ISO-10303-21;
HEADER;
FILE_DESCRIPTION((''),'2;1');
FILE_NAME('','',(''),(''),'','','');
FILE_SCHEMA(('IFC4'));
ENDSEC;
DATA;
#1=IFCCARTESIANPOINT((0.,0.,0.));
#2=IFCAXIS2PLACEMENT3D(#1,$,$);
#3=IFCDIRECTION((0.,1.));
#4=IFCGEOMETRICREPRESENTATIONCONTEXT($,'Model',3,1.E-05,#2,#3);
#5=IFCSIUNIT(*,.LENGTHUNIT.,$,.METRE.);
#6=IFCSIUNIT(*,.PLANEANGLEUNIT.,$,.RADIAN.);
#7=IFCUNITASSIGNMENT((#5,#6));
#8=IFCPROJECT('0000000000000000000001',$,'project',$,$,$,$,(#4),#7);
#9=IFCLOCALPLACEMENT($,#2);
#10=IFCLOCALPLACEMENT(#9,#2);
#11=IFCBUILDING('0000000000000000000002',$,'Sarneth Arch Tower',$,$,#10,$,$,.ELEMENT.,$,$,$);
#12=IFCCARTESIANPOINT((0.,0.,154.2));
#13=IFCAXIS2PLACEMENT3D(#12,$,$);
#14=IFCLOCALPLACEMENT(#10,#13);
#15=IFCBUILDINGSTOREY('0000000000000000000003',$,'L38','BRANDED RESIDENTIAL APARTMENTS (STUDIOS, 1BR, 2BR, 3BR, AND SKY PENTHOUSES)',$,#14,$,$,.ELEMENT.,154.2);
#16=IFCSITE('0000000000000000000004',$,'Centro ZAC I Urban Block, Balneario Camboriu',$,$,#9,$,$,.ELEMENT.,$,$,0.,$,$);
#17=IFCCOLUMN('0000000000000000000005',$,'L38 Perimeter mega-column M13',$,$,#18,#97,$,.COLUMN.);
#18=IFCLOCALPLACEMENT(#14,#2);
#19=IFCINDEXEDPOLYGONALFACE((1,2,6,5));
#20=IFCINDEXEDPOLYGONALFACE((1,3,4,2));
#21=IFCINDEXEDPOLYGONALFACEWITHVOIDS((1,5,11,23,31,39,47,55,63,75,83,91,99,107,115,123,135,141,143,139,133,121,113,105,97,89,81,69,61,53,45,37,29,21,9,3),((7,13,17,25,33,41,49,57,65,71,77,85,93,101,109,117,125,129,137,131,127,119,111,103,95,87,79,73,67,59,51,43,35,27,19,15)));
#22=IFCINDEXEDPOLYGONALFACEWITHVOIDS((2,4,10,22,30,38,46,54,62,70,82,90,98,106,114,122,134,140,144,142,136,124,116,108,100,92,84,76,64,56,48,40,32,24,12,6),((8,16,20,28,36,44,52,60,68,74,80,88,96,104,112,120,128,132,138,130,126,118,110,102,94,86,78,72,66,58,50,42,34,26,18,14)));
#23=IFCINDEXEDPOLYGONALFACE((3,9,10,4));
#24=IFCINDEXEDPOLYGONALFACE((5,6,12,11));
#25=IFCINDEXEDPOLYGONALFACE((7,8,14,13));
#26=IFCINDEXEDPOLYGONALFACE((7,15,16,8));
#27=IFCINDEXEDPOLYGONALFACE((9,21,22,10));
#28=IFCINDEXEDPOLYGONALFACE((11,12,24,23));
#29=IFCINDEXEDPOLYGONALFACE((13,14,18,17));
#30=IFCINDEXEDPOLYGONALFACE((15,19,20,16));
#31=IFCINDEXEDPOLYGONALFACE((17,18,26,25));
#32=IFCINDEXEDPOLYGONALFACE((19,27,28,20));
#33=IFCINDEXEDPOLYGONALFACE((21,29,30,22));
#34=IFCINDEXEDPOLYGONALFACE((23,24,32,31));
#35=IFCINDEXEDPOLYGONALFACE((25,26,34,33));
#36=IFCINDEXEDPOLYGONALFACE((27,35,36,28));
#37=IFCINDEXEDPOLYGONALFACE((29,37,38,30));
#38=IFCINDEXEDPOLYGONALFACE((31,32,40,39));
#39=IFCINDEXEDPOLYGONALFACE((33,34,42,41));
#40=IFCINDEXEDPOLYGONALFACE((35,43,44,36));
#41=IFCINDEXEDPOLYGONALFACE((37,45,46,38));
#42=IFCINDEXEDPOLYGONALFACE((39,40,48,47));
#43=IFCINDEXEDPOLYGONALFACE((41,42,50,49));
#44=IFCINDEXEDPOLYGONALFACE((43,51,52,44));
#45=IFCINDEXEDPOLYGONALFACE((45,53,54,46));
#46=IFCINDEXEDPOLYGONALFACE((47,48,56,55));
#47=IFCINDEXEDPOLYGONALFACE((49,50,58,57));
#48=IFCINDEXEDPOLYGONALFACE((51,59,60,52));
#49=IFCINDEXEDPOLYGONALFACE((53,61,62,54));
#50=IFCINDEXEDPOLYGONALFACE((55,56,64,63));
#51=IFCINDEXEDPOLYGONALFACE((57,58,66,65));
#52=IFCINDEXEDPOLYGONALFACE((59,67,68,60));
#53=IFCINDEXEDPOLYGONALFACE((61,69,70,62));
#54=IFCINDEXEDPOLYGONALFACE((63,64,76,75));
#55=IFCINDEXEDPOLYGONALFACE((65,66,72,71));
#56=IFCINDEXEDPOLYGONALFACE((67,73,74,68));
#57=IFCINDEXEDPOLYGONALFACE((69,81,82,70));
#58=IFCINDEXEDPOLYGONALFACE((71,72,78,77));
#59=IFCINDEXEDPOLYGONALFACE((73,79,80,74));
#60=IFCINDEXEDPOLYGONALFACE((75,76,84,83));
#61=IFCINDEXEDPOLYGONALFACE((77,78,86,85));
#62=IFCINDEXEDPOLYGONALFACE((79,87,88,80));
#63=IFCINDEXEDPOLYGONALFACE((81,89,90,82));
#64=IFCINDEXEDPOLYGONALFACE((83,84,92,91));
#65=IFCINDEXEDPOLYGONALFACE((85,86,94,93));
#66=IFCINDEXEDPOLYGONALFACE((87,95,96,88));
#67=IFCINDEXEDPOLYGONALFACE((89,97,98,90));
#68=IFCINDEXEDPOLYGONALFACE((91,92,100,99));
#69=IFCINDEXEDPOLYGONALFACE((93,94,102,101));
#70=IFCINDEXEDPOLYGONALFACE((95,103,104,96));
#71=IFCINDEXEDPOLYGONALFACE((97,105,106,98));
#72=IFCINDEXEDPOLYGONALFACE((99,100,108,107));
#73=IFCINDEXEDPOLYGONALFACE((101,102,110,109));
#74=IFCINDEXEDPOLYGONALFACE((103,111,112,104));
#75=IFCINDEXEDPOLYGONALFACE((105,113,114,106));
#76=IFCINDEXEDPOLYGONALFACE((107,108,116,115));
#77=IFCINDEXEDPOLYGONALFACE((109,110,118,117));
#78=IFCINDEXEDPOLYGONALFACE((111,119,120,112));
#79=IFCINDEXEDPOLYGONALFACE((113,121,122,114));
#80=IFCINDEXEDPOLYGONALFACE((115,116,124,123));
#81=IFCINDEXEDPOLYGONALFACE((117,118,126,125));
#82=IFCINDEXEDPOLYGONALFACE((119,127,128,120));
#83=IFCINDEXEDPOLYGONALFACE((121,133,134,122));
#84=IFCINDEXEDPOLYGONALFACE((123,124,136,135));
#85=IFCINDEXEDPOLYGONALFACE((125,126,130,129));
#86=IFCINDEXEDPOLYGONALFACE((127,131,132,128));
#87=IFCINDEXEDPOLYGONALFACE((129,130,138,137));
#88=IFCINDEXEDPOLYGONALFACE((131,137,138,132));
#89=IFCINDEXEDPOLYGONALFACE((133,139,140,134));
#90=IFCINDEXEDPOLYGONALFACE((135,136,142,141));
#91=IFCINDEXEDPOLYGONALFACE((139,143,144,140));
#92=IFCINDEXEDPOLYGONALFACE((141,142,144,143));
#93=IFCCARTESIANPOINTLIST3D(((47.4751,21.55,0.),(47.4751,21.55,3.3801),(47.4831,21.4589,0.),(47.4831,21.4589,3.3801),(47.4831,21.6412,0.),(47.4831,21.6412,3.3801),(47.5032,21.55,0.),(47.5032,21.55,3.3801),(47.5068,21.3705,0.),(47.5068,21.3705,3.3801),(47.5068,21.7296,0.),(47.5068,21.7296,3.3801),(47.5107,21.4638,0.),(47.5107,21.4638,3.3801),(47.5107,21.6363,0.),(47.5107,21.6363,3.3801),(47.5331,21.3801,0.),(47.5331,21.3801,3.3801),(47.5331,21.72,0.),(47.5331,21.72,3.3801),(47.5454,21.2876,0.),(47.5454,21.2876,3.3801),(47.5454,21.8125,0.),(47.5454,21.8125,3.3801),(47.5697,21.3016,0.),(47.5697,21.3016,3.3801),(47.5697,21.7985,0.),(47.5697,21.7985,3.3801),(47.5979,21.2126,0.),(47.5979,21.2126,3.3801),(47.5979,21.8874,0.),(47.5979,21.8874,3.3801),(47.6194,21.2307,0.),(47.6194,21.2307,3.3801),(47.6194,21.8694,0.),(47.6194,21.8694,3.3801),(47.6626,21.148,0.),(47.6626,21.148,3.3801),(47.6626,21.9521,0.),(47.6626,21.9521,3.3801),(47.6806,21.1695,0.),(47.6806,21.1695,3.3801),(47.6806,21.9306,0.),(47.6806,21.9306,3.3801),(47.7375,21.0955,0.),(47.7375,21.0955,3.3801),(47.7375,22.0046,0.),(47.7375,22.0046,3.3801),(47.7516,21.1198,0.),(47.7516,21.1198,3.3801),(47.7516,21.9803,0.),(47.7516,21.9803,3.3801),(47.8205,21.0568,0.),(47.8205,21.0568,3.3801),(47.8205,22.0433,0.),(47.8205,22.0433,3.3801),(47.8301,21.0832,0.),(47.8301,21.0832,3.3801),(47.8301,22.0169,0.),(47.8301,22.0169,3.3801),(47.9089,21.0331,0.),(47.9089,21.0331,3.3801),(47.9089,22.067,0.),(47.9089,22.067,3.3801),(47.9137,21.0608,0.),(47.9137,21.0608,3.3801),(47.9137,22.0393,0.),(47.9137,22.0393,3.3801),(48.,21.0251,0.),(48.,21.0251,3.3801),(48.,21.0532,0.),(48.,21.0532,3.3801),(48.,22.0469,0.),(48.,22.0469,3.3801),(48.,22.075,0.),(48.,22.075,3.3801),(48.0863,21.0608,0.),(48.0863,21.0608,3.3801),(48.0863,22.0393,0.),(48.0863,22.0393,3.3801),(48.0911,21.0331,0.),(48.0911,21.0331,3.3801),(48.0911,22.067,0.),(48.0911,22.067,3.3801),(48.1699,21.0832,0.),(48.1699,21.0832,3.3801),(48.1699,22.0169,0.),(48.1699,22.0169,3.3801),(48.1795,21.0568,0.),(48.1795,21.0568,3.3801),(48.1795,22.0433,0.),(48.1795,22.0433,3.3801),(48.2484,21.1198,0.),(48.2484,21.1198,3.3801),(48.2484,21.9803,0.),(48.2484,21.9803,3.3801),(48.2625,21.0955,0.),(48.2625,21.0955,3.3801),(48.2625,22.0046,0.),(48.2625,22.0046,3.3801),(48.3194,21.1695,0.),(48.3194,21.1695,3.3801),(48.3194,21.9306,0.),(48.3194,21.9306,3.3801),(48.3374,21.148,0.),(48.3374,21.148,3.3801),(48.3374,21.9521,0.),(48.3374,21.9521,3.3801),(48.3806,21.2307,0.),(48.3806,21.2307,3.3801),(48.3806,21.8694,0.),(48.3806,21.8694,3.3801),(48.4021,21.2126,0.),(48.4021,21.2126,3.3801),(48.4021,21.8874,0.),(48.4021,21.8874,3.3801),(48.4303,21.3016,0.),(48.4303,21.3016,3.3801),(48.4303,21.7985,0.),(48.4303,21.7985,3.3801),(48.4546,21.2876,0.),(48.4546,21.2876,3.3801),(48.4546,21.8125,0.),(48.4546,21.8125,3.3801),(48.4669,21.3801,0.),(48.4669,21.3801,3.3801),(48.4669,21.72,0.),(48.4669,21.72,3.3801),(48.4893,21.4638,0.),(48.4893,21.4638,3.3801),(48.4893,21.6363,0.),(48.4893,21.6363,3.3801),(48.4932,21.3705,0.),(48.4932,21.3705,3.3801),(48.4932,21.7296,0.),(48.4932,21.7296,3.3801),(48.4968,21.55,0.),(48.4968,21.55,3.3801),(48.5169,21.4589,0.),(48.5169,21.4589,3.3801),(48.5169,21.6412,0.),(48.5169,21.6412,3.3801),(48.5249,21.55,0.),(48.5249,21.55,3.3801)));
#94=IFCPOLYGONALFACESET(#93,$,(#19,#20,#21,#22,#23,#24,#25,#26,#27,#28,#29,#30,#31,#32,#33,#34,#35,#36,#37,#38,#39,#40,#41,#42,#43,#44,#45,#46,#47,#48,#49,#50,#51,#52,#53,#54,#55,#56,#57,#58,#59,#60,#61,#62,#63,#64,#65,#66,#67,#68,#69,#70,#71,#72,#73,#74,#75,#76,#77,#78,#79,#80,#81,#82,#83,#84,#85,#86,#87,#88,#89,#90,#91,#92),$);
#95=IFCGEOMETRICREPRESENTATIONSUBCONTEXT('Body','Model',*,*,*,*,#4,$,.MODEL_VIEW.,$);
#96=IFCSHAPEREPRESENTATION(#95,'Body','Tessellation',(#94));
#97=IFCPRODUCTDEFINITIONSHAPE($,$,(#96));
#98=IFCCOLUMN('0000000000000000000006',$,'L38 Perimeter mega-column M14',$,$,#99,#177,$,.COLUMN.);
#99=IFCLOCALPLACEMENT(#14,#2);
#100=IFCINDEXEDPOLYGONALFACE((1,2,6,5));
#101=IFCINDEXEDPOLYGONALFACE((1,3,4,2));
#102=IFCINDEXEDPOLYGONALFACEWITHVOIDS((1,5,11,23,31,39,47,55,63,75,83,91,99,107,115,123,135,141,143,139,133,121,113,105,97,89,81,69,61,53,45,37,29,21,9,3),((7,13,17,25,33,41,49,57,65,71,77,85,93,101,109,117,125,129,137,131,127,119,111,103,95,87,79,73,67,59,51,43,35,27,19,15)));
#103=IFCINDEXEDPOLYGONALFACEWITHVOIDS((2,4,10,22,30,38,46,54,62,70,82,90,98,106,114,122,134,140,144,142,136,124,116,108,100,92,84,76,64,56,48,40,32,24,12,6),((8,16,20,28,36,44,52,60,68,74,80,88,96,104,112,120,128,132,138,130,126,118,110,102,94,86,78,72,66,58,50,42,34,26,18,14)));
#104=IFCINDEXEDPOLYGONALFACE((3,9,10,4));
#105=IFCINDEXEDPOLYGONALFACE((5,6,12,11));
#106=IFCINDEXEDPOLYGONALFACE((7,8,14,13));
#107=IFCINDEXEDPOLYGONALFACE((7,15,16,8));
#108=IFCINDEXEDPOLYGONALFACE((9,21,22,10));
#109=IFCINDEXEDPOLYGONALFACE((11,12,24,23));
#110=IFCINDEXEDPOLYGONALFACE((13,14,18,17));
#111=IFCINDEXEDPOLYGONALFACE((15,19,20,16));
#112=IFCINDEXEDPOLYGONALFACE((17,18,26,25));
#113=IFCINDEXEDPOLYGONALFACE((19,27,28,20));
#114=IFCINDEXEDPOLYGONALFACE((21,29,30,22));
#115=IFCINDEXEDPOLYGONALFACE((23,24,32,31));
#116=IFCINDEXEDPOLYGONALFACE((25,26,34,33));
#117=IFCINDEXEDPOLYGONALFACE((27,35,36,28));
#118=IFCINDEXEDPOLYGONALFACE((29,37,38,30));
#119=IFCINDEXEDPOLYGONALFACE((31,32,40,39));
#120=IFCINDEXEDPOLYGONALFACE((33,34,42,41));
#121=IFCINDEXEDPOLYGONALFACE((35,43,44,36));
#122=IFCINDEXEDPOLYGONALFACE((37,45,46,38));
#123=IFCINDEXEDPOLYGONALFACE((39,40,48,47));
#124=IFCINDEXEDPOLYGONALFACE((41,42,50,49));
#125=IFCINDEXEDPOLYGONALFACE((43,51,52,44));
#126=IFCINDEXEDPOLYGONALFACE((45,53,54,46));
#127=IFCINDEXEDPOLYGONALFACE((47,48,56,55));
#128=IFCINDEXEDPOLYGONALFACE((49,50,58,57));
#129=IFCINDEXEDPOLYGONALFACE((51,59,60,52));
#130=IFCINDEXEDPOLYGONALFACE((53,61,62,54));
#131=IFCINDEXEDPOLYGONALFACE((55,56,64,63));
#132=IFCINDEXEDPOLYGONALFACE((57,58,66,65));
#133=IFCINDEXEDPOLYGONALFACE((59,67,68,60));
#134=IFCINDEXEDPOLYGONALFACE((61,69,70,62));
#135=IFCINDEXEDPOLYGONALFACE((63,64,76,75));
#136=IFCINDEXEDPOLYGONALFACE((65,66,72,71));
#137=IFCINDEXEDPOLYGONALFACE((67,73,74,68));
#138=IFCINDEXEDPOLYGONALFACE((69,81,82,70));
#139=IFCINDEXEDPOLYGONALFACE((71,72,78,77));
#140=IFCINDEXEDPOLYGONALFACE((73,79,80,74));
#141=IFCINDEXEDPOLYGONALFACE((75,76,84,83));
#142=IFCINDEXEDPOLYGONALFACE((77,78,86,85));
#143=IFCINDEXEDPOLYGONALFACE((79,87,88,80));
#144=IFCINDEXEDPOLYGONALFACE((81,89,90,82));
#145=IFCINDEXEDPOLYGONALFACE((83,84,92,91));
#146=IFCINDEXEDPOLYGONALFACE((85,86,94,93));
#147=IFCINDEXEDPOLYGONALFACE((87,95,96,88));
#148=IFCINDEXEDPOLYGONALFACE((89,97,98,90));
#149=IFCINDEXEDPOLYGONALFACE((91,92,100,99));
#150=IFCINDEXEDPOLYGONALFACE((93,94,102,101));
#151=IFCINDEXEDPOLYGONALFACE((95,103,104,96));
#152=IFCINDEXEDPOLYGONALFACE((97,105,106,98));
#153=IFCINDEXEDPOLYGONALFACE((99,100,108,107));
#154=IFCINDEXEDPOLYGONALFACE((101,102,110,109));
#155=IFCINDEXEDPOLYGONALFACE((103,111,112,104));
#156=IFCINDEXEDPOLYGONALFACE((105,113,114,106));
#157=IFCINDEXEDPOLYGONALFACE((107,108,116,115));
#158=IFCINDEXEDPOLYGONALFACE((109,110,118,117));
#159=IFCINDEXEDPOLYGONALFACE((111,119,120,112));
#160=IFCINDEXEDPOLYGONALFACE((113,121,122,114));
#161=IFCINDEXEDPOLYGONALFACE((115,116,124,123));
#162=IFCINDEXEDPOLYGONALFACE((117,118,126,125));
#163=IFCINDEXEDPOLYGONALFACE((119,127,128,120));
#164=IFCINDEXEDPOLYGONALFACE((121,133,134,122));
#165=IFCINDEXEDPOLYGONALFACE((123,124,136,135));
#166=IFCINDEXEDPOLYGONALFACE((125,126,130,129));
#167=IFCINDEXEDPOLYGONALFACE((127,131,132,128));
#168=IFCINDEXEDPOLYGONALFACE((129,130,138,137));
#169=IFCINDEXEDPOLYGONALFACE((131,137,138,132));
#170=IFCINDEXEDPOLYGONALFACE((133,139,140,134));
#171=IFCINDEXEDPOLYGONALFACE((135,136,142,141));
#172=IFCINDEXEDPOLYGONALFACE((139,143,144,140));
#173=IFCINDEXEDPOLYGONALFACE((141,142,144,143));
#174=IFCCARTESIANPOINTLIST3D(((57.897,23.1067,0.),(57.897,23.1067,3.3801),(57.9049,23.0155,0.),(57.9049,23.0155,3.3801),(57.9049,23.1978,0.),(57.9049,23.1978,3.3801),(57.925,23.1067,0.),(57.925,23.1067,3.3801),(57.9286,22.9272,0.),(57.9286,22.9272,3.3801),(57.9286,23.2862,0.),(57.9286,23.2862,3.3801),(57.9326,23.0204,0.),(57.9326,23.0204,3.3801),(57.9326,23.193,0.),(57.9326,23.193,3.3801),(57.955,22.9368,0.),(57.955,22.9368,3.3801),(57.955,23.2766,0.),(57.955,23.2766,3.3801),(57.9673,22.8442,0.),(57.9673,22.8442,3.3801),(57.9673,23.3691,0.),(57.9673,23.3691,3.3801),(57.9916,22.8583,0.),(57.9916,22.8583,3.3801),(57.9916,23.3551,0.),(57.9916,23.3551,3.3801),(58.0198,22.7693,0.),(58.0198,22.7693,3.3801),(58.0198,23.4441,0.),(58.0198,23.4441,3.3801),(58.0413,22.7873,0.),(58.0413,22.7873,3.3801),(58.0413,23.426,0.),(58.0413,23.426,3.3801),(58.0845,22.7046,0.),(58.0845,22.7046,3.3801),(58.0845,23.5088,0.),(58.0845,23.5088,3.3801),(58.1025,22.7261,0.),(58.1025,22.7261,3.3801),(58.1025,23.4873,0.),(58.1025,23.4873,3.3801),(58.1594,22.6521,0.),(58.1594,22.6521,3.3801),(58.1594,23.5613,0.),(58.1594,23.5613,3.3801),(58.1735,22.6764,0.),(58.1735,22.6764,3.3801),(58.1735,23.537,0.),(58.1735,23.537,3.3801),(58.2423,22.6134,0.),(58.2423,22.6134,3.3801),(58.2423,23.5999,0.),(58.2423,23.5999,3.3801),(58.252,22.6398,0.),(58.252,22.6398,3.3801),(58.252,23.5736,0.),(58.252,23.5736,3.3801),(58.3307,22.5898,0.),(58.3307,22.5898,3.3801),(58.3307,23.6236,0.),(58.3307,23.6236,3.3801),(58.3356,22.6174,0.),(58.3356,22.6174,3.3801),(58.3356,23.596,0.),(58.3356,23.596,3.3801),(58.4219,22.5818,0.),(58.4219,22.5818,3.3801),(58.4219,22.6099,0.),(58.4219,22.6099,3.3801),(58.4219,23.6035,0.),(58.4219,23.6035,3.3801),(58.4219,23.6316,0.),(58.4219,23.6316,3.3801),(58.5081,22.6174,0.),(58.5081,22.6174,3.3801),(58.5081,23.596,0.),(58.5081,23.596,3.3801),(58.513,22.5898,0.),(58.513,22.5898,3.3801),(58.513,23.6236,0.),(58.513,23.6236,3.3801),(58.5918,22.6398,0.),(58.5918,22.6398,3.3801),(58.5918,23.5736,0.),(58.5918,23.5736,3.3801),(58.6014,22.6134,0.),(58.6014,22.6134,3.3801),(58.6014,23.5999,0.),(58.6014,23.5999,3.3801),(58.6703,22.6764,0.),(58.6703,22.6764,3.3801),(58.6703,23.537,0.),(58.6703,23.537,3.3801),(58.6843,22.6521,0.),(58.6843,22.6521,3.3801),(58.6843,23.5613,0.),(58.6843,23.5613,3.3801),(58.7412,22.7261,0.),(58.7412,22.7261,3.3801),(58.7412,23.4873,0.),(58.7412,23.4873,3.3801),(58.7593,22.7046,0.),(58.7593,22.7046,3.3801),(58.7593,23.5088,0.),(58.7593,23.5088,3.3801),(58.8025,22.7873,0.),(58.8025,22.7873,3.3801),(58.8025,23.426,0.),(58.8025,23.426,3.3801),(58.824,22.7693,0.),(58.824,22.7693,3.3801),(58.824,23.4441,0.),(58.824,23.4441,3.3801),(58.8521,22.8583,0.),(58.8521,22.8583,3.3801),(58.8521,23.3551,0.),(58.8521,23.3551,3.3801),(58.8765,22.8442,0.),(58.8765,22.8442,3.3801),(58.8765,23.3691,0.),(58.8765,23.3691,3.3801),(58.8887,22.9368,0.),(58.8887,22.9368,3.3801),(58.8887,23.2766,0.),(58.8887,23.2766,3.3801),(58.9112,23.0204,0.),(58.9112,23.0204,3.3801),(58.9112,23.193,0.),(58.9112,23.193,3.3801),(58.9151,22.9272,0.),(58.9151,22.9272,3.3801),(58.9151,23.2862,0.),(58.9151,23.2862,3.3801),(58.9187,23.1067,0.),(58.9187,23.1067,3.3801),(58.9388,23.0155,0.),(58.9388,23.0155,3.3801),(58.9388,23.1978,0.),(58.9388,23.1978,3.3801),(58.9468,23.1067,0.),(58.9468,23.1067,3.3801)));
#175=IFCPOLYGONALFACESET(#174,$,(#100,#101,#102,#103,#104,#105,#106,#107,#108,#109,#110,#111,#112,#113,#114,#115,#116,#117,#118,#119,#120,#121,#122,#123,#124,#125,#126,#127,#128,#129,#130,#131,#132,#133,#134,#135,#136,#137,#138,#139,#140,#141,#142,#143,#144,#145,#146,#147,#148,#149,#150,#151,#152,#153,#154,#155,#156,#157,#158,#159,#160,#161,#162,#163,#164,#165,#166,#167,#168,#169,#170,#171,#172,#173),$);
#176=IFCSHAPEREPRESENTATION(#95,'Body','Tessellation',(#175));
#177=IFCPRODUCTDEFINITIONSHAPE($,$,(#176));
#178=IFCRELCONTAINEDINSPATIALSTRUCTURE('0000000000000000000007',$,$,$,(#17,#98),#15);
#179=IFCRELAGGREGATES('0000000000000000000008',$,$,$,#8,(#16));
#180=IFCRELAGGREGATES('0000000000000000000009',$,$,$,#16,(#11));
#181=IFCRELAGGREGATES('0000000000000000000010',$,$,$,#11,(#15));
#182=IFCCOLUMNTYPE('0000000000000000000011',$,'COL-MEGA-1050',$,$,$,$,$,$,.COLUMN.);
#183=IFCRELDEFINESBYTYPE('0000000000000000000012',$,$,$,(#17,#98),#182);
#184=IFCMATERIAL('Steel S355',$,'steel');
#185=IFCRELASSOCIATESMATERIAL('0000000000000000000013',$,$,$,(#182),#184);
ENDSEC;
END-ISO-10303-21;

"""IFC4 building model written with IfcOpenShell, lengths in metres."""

from ifc_helpers import new_model, si_unit, direction, frame, origin, origin_2d, place, context, subcontext, project, spatial, hollow_circle, extrude, material, material_profile, profile_set, type_object, element, save


model = new_model("IFC4")

# Units and contexts
model_context = context("Model", 3, precision=1e-05, world=origin(), true_north=direction((0.0, 1.0)))
body_context = subcontext(model_context, "Body", "Model", "MODEL_VIEW")
ifc_project = project(units=[si_unit("LENGTHUNIT", "METRE"), si_unit("PLANEANGLEUNIT", "RADIAN")], contexts=[model_context])

# Site, building, storey
site_placement = place(None, origin())
site = spatial("IfcSite", under=ifc_project, at=site_placement, Name="Centro ZAC I Urban Block, Balneario Camboriu", CompositionType="ELEMENT", RefElevation=0.0)
building_placement = place(site_placement, origin())
building = spatial("IfcBuilding", under=site, at=building_placement, Name="Sarneth Arch Tower", CompositionType="ELEMENT")
storey_placement = place(building_placement, frame((0.0, 0.0, 154.2)))
storey = spatial("IfcBuildingStorey", under=building, at=storey_placement, Name="L38", Description="BRANDED RESIDENTIAL APARTMENTS (STUDIOS, 1BR, 2BR, 3BR, AND SKY PENTHOUSES)", CompositionType="ELEMENT", Elevation=154.2)

# Columns
ifc_material_1 = material(Name="Steel S355", Category="steel")
ifc_material_profile_1 = material_profile(ifc_material_1, hollow_circle(Radius=0.5249, WallThickness=0.0281, at=origin_2d()), Name="CHS1050x28")
ifc_profile_set_1 = profile_set([ifc_material_profile_1], Name="Steel S355")
column_type = type_object("IfcColumnType", Name="COL-MEGA-1050", PredefinedType="COLUMN", material=ifc_profile_set_1)
for number, where, z_axis, x_axis, name in (
    (1, (48.0, 21.55, 0.0), (0.0, 0.0, 1.0), (1.0, 0.0, 0.0), "L38 Perimeter mega-column M13"),
    (2, (58.4219, 23.1067, 0.0), (0.0, 0.0, 1.0), (1.0, 0.0, 0.0), "L38 Perimeter mega-column M14"),
):
    element("IfcColumn", number, at=place(storey_placement, frame(where, z_axis=z_axis, x_axis=x_axis)), inside=storey, type_object=column_type, Name=name, PredefinedType="COLUMN", context=body_context, shape_type="SweptSolid", body=[
        extrude(hollow_circle(Radius=0.5249, WallThickness=0.0281, at=origin_2d()), origin(), (0.0, 0.0, 1.0), 3.3801),
    ])

save(model, "model.ifc")
